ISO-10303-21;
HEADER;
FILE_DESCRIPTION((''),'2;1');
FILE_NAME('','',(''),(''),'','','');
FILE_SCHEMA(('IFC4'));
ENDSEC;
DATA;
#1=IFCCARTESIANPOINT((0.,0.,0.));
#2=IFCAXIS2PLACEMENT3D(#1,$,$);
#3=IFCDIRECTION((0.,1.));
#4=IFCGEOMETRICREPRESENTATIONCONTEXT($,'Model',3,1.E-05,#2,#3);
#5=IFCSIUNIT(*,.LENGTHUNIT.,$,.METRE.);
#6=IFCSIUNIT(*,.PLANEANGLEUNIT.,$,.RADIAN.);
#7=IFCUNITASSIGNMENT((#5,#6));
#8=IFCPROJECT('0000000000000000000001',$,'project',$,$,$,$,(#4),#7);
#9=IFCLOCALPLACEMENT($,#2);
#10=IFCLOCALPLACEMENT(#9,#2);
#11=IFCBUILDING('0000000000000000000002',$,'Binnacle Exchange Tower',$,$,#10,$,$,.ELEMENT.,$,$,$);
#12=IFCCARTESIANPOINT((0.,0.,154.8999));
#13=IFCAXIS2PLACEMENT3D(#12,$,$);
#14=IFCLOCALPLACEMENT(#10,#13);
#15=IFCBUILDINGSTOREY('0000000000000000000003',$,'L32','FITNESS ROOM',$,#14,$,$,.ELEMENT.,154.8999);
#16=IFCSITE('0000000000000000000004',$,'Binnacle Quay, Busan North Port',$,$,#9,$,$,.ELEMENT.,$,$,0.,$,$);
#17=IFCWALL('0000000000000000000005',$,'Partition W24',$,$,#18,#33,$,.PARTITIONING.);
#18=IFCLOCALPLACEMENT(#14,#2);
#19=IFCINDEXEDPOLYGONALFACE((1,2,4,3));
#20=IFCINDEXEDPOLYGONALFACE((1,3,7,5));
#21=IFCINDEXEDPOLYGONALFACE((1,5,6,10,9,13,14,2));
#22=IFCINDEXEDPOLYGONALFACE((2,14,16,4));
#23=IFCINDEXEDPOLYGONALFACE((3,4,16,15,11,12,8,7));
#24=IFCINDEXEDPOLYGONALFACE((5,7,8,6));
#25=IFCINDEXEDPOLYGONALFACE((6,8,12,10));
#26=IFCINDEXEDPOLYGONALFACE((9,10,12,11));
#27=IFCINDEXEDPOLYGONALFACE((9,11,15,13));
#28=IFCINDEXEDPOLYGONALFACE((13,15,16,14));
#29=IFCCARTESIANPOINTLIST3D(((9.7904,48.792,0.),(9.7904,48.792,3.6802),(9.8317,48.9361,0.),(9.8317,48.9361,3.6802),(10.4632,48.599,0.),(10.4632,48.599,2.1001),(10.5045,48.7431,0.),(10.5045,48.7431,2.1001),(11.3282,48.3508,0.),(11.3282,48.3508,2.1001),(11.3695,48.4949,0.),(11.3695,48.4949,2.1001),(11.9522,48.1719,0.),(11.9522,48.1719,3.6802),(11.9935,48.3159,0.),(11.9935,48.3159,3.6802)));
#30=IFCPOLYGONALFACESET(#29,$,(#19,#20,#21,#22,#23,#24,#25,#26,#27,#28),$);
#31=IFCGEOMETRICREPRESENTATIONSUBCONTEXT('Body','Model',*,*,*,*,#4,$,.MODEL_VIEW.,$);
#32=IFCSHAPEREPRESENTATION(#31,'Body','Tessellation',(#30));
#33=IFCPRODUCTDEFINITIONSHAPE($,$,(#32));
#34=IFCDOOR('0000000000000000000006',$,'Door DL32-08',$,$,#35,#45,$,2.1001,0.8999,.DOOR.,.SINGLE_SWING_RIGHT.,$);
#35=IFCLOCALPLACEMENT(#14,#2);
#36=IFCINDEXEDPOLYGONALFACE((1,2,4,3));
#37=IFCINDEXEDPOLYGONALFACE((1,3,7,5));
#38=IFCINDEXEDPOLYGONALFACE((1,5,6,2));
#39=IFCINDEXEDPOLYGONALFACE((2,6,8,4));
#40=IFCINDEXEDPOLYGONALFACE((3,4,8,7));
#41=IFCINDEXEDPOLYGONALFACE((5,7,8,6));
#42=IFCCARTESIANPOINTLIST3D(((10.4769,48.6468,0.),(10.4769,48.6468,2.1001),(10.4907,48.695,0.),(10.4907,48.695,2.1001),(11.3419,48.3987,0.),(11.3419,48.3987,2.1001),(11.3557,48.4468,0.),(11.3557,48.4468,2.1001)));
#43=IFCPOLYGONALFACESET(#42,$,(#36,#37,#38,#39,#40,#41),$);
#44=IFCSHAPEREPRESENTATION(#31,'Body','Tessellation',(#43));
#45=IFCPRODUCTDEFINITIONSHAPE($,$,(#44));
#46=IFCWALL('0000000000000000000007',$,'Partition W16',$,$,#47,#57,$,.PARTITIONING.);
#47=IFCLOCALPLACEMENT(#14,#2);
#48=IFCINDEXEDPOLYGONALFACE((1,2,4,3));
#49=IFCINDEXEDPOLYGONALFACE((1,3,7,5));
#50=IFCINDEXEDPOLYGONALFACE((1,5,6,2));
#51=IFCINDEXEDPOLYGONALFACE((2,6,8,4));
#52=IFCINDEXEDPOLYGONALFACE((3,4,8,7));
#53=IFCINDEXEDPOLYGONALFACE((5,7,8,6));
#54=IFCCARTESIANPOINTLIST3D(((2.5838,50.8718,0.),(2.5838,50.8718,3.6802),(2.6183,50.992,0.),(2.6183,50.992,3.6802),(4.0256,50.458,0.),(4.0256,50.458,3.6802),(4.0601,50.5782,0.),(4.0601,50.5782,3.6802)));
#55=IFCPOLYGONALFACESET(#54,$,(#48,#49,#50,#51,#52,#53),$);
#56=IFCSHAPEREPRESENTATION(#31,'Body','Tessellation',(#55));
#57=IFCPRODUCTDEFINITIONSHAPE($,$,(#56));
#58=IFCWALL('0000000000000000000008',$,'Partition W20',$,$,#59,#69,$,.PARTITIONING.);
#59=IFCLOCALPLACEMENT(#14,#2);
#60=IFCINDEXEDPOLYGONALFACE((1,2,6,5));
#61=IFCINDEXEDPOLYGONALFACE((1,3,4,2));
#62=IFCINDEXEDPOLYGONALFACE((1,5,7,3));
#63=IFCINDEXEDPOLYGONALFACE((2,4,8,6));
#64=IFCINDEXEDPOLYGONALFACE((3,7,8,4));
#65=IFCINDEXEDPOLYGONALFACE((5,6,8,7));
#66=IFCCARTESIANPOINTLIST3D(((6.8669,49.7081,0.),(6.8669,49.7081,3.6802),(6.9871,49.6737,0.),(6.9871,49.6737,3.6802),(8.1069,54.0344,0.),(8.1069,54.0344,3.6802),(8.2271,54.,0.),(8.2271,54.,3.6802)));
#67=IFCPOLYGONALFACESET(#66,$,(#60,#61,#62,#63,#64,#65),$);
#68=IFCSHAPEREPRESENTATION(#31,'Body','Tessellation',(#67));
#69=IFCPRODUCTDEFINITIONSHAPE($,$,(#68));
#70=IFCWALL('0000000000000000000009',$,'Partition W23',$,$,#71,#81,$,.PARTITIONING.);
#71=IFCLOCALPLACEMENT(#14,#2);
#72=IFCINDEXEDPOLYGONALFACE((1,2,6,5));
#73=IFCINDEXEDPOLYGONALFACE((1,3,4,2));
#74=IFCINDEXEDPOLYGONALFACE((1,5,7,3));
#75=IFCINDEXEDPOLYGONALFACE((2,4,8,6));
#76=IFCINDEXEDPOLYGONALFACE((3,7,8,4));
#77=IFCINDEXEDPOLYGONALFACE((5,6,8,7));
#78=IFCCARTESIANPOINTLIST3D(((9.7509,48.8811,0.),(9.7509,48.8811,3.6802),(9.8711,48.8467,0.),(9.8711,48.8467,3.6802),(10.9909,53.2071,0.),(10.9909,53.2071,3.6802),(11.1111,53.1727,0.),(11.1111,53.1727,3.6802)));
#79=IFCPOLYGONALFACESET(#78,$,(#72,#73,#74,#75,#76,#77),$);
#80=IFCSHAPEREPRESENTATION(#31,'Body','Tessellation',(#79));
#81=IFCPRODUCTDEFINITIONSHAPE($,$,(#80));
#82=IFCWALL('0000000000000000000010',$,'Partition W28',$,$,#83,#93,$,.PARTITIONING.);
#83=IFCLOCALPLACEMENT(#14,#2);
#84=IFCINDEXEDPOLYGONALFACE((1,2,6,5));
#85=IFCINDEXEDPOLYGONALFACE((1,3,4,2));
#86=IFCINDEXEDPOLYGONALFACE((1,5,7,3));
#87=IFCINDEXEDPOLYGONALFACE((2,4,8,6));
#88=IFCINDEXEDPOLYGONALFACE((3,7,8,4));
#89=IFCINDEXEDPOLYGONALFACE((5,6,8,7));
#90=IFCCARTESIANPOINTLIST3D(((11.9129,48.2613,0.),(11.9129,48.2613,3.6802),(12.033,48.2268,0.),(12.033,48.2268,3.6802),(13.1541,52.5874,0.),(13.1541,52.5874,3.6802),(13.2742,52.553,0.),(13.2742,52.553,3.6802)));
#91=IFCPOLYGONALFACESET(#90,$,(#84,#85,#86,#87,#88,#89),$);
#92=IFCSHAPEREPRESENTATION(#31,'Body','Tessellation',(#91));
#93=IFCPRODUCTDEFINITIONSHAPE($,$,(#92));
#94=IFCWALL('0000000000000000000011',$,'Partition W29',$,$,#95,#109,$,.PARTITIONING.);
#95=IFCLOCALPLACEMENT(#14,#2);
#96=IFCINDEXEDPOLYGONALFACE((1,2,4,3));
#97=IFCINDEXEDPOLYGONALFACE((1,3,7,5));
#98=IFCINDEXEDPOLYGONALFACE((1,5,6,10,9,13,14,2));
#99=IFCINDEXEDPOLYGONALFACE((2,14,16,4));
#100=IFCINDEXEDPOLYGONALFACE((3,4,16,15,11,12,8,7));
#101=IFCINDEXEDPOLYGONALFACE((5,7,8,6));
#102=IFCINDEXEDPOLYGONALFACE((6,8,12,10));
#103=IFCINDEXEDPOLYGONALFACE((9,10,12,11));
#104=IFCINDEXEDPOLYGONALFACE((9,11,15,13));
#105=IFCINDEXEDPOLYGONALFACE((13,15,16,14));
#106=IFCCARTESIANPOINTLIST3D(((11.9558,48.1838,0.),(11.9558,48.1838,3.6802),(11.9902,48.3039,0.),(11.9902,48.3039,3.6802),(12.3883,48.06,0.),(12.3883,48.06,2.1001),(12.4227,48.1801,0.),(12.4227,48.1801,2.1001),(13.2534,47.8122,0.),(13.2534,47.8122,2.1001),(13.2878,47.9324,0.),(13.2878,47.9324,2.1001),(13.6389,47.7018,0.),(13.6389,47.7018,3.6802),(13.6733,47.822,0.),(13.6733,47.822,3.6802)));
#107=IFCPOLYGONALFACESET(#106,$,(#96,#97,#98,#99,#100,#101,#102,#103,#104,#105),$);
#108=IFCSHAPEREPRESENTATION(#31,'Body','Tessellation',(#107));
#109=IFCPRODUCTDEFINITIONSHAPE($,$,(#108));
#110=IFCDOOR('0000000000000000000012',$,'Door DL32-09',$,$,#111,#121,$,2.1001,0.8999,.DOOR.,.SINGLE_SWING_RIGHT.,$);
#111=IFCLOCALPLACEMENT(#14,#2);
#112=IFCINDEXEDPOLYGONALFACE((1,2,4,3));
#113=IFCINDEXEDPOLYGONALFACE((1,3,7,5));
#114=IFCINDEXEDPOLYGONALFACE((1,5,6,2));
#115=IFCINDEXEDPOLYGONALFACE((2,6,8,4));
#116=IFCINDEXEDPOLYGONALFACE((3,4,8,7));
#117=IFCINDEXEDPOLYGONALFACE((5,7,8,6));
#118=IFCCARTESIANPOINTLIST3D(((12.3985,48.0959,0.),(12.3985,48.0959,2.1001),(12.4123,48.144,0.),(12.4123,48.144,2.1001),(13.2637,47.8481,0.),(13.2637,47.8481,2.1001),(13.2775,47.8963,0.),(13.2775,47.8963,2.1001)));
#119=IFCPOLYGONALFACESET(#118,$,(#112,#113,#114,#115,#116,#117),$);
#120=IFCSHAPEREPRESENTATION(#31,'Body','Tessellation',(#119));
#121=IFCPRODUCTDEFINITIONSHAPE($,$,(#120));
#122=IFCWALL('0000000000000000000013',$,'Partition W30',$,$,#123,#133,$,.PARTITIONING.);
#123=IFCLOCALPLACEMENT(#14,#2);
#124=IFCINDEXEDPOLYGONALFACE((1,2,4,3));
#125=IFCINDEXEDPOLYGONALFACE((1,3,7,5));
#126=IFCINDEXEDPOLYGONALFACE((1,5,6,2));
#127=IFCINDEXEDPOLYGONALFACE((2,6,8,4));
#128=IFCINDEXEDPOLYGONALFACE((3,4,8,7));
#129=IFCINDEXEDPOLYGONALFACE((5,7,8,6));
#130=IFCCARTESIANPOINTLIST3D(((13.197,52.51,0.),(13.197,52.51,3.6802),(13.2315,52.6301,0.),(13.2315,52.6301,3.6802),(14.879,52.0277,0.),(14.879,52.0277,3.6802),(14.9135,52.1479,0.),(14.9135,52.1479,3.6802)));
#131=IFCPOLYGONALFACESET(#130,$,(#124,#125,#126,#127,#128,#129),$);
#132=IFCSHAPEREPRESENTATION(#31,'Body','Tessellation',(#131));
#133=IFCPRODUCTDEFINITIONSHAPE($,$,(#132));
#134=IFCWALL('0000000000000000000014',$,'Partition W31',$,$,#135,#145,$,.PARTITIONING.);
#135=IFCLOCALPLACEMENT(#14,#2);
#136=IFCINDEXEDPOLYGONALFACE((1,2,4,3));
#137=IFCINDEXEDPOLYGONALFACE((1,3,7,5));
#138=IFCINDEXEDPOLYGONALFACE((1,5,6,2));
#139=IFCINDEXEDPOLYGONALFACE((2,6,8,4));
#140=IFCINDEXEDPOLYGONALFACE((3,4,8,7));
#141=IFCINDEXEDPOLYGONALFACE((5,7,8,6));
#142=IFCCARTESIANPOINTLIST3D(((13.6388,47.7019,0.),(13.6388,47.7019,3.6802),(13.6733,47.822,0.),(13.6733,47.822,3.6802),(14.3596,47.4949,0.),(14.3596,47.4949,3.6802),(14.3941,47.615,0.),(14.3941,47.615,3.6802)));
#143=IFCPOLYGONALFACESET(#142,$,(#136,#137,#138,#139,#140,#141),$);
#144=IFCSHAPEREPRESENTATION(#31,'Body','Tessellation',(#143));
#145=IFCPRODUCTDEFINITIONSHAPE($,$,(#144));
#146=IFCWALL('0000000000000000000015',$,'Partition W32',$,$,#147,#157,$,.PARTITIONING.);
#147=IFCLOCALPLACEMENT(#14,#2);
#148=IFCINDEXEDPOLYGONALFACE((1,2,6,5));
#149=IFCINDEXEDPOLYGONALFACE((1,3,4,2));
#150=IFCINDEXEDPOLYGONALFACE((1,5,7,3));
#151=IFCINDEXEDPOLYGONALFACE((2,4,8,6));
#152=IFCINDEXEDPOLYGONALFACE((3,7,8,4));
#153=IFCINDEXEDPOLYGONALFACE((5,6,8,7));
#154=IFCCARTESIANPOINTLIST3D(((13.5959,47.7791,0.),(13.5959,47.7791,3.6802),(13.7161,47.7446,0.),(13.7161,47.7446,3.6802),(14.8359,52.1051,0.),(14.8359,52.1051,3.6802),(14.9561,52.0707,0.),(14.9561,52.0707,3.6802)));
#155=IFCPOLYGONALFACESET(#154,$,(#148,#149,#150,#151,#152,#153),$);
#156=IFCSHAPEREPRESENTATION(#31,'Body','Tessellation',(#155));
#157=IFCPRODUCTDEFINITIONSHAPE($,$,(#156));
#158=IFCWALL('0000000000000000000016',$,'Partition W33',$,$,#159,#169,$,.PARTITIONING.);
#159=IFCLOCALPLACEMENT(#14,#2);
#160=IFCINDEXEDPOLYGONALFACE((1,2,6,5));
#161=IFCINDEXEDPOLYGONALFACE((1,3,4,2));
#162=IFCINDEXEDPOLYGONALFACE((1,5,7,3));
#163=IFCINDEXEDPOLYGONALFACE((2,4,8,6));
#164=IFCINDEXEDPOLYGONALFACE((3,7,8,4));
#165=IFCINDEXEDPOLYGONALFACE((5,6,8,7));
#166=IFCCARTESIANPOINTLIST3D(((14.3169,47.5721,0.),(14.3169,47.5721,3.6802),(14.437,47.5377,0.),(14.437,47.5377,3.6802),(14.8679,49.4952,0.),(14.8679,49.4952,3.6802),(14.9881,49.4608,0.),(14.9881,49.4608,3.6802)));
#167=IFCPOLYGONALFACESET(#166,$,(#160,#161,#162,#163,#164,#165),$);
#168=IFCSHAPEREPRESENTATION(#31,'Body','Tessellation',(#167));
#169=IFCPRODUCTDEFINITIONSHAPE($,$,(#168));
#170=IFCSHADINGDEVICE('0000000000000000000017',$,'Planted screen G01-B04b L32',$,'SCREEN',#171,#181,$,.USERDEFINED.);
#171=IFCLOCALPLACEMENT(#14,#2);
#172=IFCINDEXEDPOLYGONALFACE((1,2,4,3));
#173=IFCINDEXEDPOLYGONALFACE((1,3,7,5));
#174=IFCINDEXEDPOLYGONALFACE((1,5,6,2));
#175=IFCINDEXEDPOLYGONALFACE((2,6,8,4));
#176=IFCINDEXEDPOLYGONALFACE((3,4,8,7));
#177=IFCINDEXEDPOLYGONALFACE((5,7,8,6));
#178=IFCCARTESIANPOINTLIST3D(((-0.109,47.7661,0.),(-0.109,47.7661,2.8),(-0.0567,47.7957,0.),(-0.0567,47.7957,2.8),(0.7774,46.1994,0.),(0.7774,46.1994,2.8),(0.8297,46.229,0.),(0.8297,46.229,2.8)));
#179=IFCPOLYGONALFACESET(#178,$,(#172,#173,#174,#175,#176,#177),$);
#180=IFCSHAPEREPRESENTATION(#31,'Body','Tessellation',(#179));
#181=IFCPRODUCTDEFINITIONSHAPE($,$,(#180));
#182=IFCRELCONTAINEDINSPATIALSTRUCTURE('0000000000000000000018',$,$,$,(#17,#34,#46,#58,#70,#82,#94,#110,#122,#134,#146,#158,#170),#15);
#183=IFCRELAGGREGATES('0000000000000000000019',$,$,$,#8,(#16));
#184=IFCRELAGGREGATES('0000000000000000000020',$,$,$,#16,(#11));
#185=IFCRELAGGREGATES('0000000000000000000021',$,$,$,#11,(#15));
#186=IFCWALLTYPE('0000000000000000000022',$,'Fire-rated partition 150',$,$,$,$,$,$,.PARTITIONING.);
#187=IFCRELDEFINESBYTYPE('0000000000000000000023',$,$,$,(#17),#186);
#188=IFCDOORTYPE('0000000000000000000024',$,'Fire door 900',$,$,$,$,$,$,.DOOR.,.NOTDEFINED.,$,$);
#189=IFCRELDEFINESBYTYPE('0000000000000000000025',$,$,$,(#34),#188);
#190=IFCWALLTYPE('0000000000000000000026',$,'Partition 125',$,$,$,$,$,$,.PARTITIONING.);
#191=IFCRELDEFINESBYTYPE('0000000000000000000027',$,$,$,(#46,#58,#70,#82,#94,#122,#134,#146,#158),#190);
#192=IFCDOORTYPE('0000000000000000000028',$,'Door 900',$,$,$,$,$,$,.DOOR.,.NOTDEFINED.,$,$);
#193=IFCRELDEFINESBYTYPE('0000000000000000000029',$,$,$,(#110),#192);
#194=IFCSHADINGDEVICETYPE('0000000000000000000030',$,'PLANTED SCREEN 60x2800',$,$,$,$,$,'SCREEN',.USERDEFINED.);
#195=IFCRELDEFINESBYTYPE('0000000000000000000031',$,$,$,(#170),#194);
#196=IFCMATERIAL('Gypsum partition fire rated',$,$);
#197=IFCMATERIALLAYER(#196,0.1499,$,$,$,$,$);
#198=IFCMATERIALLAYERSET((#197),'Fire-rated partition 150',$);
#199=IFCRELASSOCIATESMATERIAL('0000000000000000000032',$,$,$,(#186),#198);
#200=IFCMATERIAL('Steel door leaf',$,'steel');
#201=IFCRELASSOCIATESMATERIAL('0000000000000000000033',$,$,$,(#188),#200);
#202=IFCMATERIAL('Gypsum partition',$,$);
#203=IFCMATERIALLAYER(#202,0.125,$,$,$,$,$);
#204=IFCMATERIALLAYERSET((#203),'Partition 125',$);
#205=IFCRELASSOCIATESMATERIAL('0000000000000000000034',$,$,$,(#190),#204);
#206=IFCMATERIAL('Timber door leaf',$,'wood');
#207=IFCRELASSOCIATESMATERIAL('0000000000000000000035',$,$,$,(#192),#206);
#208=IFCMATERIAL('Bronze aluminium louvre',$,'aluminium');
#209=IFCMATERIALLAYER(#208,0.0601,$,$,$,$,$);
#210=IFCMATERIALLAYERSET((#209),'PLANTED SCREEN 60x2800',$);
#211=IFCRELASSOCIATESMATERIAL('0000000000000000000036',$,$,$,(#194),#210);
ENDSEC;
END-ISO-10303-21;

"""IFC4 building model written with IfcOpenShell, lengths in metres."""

from ifc_helpers import new_model, si_unit, direction, frame, frame_2d, origin, origin_2d, place, context, subcontext, project, spatial, rectangle, extrude, material, layer, layer_set, type_object, element, fill, save


model = new_model("IFC4")

# Units and contexts
model_context = context("Model", 3, precision=1e-05, world=origin(), true_north=direction((0.0, 1.0)))
body_context = subcontext(model_context, "Body", "Model", "MODEL_VIEW")
ifc_project = project(units=[si_unit("LENGTHUNIT", "METRE"), si_unit("PLANEANGLEUNIT", "RADIAN")], contexts=[model_context])

# Site, building, storey
site_placement = place(None, origin())
site = spatial("IfcSite", under=ifc_project, at=site_placement, Name="Binnacle Quay, Busan North Port", CompositionType="ELEMENT", RefElevation=0.0)
building_placement = place(site_placement, origin())
building = spatial("IfcBuilding", under=site, at=building_placement, Name="Binnacle Exchange Tower", CompositionType="ELEMENT")
storey_placement = place(building_placement, frame((0.0, 0.0, 154.8999)))
storey = spatial("IfcBuildingStorey", under=building, at=storey_placement, Name="L32", Description="FITNESS ROOM", CompositionType="ELEMENT", Elevation=154.8999)

# Shared definitions
ifc_material_1 = material(Name="Steel door leaf", Category="steel")

# Shared definitions
ifc_material_2 = material(Name="Gypsum partition fire rated")
ifc_layer_1 = layer(ifc_material_2, 0.1499)
ifc_layer_set_1 = layer_set([ifc_layer_1], Name="Fire-rated partition 150")
wall_type_1 = type_object("IfcWallType", Name="Fire-rated partition 150", PredefinedType="PARTITIONING", material=ifc_layer_set_1)

# Wall, opening, door
door_type_1 = type_object("IfcDoorType", Name="Fire door 900", OperationType="NOTDEFINED", PredefinedType="DOOR", material=ifc_material_1)
wall_1_placement = place(storey_placement, frame((9.811, 48.864, 0.0), z_axis=(0.0, 0.0, 1.0), x_axis=(0.961237, -0.275725, 0.0)))
wall_1 = element("IfcWall", 1, at=wall_1_placement, inside=storey, type_object=wall_type_1, Name="Partition W24", PredefinedType="PARTITIONING", context=body_context, shape_type="SweptSolid", body=[
    extrude(rectangle(XDim=2.249, YDim=0.1499, at=frame_2d((1.1245, 0.0))), origin(), (0.0, 0.0, 1.0), 3.6802),
])
opening_1_placement = place(wall_1_placement, frame((0.7, 0.0, 0.0)))
opening_1 = element("IfcOpeningElement", 2, at=opening_1_placement, cuts=wall_1, PredefinedType="OPENING", context=body_context, shape_type="SweptSolid", body=[
    extrude(rectangle(XDim=0.8999, YDim=2.1001, at=frame_2d((0.45, 1.05))), frame((0.0, 0.085, 0.0), z_axis=(0.0, -1.0, 0.0), x_axis=(1.0, 0.0, 0.0)), (0.0, 0.0, 1.0), 0.1699),
])
door_1_placement = place(opening_1_placement, origin())
door_1 = element("IfcDoor", 3, at=door_1_placement, inside=storey, type_object=door_type_1, Name="Door DL32-08", OperationType="SINGLE_SWING_RIGHT", OverallHeight=2.1001, OverallWidth=0.8999, PredefinedType="DOOR", context=body_context, shape_type="SweptSolid", body=[
    extrude(rectangle(XDim=0.8999, YDim=2.1001, at=frame_2d((0.45, 1.05))), frame((0.0, 0.0249, 0.0), z_axis=(0.0, -1.0, 0.0), x_axis=(1.0, 0.0, 0.0)), (0.0, 0.0, 1.0), 0.05),
])
fill(opening_1, door_1)

# Walls
ifc_material_3 = material(Name="Gypsum partition")
ifc_layer_2 = layer(ifc_material_3, 0.125)
ifc_layer_set_2 = layer_set([ifc_layer_2], Name="Partition 125")
wall_type_2 = type_object("IfcWallType", Name="Partition 125", PredefinedType="PARTITIONING", material=ifc_layer_set_2)
wall_2_placement = place(storey_placement, frame((2.6011, 50.9319, 0.0), z_axis=(0.0, 0.0, 1.0), x_axis=(0.961198, -0.27586, 0.0)))
element("IfcWall", 4, at=wall_2_placement, inside=storey, type_object=wall_type_2, Name="Partition W16", PredefinedType="PARTITIONING", context=body_context, shape_type="SweptSolid", body=[
    extrude(rectangle(XDim=1.5, YDim=0.125, at=frame_2d((0.75, 0.0))), origin(), (0.0, 0.0, 1.0), 3.6802),
])
wall_3_placement = place(storey_placement, frame((6.927, 49.6909, 0.0), z_axis=(0.0, 0.0, 1.0), x_axis=(0.275531, 0.961292, 0.0)))
element("IfcWall", 5, at=wall_3_placement, inside=storey, type_object=wall_type_2, Name="Partition W20", PredefinedType="PARTITIONING", context=body_context, shape_type="SweptSolid", body=[
    extrude(rectangle(XDim=4.5005, YDim=0.125, at=frame_2d((2.2502, 0.0))), origin(), (0.0, 0.0, 1.0), 3.6802),
])
wall_4_placement = place(storey_placement, frame((9.811, 48.864, 0.0), z_axis=(0.0, 0.0, 1.0), x_axis=(0.275545, 0.961288, 0.0)))
element("IfcWall", 6, at=wall_4_placement, inside=storey, type_object=wall_type_2, Name="Partition W23", PredefinedType="PARTITIONING", context=body_context, shape_type="SweptSolid", body=[
    extrude(rectangle(XDim=4.5002, YDim=0.125, at=frame_2d((2.25, 0.0))), origin(), (0.0, 0.0, 1.0), 3.6802),
])
wall_5_placement = place(storey_placement, frame((11.9729, 48.2439, 0.0), z_axis=(0.0, 0.0, 1.0), x_axis=(0.275781, 0.96122, 0.0)))
element("IfcWall", 7, at=wall_5_placement, inside=storey, type_object=wall_type_2, Name="Partition W28", PredefinedType="PARTITIONING", context=body_context, shape_type="SweptSolid", body=[
    extrude(rectangle(XDim=4.5007, YDim=0.125, at=frame_2d((2.2505, 0.0))), origin(), (0.0, 0.0, 1.0), 3.6802),
])

# Wall, opening, door
wall_6_placement = place(storey_placement, frame((11.9729, 48.2439, 0.0), z_axis=(0.0, 0.0, 1.0), x_axis=(0.961366, -0.275274, 0.0)))
wall_6 = element("IfcWall", 8, at=wall_6_placement, inside=storey, type_object=wall_type_2, Name="Partition W29", PredefinedType="PARTITIONING", context=body_context, shape_type="SweptSolid", body=[
    extrude(rectangle(XDim=1.7507, YDim=0.125, at=frame_2d((0.8755, 0.0))), origin(), (0.0, 0.0, 1.0), 3.6802),
])
opening_2_placement = place(wall_6_placement, frame((0.45, 0.0, 0.0)))
opening_2 = element("IfcOpeningElement", 9, at=opening_2_placement, cuts=wall_6, PredefinedType="OPENING", context=body_context, shape_type="SweptSolid", body=[
    extrude(rectangle(XDim=0.8999, YDim=2.1001, at=frame_2d((0.45, 1.05))), frame((0.0, 0.0725, 0.0), z_axis=(0.0, -1.0, 0.0), x_axis=(1.0, 0.0, 0.0)), (0.0, 0.0, 1.0), 0.145),
])
ifc_material_4 = material(Name="Timber door leaf", Category="wood")
door_type_2 = type_object("IfcDoorType", Name="Door 900", OperationType="NOTDEFINED", PredefinedType="DOOR", material=ifc_material_4)
door_2_placement = place(opening_2_placement, origin())
door_2 = element("IfcDoor", 10, at=door_2_placement, inside=storey, type_object=door_type_2, Name="Door DL32-09", OperationType="SINGLE_SWING_RIGHT", OverallHeight=2.1001, OverallWidth=0.8999, PredefinedType="DOOR", context=body_context, shape_type="SweptSolid", body=[
    extrude(rectangle(XDim=0.8999, YDim=2.1001, at=frame_2d((0.45, 1.05))), frame((0.0, 0.0249, 0.0), z_axis=(0.0, -1.0, 0.0), x_axis=(1.0, 0.0, 0.0)), (0.0, 0.0, 1.0), 0.05),
])
fill(opening_2, door_2)

# Walls
wall_7_placement = place(storey_placement, frame((13.2141, 52.5701, 0.0), z_axis=(0.0, 0.0, 1.0), x_axis=(0.961276, -0.275587, 0.0)))
element("IfcWall", 11, at=wall_7_placement, inside=storey, type_object=wall_type_2, Name="Partition W30", PredefinedType="PARTITIONING", context=body_context, shape_type="SweptSolid", body=[
    extrude(rectangle(XDim=1.7498, YDim=0.125, at=frame_2d((0.875, 0.0))), origin(), (0.0, 0.0, 1.0), 3.6802),
])
wall_8_placement = place(storey_placement, frame((13.656, 47.762, 0.0), z_axis=(0.0, 0.0, 1.0), x_axis=(0.961155, -0.276011, 0.0)))
element("IfcWall", 12, at=wall_8_placement, inside=storey, type_object=wall_type_2, Name="Partition W31", PredefinedType="PARTITIONING", context=body_context, shape_type="SweptSolid", body=[
    extrude(rectangle(XDim=0.75, YDim=0.125, at=frame_2d((0.375, 0.0))), origin(), (0.0, 0.0, 1.0), 3.6802),
])
wall_9_placement = place(storey_placement, frame((13.656, 47.762, 0.0), z_axis=(0.0, 0.0, 1.0), x_axis=(0.275545, 0.961288, 0.0)))
element("IfcWall", 13, at=wall_9_placement, inside=storey, type_object=wall_type_2, Name="Partition W32", PredefinedType="PARTITIONING", context=body_context, shape_type="SweptSolid", body=[
    extrude(rectangle(XDim=4.5002, YDim=0.125, at=frame_2d((2.25, 0.0))), origin(), (0.0, 0.0, 1.0), 3.6802),
])
wall_10_placement = place(storey_placement, frame((14.377, 47.5549, 0.0), z_axis=(0.0, 0.0, 1.0), x_axis=(0.275446, 0.961316, 0.0)))
element("IfcWall", 14, at=wall_10_placement, inside=storey, type_object=wall_type_2, Name="Partition W33", PredefinedType="PARTITIONING", context=body_context, shape_type="SweptSolid", body=[
    extrude(rectangle(XDim=2.0005, YDim=0.125, at=frame_2d((1.0002, 0.0))), origin(), (0.0, 0.0, 1.0), 3.6802),
])

# Shading device
ifc_material_5 = material(Name="Bronze aluminium louvre", Category="aluminium")
ifc_layer_3 = layer(ifc_material_5, 0.0601)
ifc_layer_set_3 = layer_set([ifc_layer_3], Name="PLANTED SCREEN 60x2800")
shading_device_type = type_object("IfcShadingDeviceType", Name="PLANTED SCREEN 60x2800", ElementType="SCREEN", PredefinedType="USERDEFINED", material=ifc_layer_set_3)
shading_device_placement = place(storey_placement, frame((0.3604, 46.9976, 0.0), z_axis=(0.0, 0.0, 1.0), x_axis=(0.870356, 0.492424, 0.0)))
element("IfcShadingDevice", 15, at=shading_device_placement, inside=storey, type_object=shading_device_type, Name="Planted screen G01-B04b L32", ObjectType="SCREEN", PredefinedType="USERDEFINED", context=body_context, shape_type="SweptSolid", body=[
    extrude(rectangle(XDim=0.0601, YDim=1.8, at=origin_2d()), origin(), (0.0, 0.0, 1.0), 2.8),
])

save(model, "model.ifc")
